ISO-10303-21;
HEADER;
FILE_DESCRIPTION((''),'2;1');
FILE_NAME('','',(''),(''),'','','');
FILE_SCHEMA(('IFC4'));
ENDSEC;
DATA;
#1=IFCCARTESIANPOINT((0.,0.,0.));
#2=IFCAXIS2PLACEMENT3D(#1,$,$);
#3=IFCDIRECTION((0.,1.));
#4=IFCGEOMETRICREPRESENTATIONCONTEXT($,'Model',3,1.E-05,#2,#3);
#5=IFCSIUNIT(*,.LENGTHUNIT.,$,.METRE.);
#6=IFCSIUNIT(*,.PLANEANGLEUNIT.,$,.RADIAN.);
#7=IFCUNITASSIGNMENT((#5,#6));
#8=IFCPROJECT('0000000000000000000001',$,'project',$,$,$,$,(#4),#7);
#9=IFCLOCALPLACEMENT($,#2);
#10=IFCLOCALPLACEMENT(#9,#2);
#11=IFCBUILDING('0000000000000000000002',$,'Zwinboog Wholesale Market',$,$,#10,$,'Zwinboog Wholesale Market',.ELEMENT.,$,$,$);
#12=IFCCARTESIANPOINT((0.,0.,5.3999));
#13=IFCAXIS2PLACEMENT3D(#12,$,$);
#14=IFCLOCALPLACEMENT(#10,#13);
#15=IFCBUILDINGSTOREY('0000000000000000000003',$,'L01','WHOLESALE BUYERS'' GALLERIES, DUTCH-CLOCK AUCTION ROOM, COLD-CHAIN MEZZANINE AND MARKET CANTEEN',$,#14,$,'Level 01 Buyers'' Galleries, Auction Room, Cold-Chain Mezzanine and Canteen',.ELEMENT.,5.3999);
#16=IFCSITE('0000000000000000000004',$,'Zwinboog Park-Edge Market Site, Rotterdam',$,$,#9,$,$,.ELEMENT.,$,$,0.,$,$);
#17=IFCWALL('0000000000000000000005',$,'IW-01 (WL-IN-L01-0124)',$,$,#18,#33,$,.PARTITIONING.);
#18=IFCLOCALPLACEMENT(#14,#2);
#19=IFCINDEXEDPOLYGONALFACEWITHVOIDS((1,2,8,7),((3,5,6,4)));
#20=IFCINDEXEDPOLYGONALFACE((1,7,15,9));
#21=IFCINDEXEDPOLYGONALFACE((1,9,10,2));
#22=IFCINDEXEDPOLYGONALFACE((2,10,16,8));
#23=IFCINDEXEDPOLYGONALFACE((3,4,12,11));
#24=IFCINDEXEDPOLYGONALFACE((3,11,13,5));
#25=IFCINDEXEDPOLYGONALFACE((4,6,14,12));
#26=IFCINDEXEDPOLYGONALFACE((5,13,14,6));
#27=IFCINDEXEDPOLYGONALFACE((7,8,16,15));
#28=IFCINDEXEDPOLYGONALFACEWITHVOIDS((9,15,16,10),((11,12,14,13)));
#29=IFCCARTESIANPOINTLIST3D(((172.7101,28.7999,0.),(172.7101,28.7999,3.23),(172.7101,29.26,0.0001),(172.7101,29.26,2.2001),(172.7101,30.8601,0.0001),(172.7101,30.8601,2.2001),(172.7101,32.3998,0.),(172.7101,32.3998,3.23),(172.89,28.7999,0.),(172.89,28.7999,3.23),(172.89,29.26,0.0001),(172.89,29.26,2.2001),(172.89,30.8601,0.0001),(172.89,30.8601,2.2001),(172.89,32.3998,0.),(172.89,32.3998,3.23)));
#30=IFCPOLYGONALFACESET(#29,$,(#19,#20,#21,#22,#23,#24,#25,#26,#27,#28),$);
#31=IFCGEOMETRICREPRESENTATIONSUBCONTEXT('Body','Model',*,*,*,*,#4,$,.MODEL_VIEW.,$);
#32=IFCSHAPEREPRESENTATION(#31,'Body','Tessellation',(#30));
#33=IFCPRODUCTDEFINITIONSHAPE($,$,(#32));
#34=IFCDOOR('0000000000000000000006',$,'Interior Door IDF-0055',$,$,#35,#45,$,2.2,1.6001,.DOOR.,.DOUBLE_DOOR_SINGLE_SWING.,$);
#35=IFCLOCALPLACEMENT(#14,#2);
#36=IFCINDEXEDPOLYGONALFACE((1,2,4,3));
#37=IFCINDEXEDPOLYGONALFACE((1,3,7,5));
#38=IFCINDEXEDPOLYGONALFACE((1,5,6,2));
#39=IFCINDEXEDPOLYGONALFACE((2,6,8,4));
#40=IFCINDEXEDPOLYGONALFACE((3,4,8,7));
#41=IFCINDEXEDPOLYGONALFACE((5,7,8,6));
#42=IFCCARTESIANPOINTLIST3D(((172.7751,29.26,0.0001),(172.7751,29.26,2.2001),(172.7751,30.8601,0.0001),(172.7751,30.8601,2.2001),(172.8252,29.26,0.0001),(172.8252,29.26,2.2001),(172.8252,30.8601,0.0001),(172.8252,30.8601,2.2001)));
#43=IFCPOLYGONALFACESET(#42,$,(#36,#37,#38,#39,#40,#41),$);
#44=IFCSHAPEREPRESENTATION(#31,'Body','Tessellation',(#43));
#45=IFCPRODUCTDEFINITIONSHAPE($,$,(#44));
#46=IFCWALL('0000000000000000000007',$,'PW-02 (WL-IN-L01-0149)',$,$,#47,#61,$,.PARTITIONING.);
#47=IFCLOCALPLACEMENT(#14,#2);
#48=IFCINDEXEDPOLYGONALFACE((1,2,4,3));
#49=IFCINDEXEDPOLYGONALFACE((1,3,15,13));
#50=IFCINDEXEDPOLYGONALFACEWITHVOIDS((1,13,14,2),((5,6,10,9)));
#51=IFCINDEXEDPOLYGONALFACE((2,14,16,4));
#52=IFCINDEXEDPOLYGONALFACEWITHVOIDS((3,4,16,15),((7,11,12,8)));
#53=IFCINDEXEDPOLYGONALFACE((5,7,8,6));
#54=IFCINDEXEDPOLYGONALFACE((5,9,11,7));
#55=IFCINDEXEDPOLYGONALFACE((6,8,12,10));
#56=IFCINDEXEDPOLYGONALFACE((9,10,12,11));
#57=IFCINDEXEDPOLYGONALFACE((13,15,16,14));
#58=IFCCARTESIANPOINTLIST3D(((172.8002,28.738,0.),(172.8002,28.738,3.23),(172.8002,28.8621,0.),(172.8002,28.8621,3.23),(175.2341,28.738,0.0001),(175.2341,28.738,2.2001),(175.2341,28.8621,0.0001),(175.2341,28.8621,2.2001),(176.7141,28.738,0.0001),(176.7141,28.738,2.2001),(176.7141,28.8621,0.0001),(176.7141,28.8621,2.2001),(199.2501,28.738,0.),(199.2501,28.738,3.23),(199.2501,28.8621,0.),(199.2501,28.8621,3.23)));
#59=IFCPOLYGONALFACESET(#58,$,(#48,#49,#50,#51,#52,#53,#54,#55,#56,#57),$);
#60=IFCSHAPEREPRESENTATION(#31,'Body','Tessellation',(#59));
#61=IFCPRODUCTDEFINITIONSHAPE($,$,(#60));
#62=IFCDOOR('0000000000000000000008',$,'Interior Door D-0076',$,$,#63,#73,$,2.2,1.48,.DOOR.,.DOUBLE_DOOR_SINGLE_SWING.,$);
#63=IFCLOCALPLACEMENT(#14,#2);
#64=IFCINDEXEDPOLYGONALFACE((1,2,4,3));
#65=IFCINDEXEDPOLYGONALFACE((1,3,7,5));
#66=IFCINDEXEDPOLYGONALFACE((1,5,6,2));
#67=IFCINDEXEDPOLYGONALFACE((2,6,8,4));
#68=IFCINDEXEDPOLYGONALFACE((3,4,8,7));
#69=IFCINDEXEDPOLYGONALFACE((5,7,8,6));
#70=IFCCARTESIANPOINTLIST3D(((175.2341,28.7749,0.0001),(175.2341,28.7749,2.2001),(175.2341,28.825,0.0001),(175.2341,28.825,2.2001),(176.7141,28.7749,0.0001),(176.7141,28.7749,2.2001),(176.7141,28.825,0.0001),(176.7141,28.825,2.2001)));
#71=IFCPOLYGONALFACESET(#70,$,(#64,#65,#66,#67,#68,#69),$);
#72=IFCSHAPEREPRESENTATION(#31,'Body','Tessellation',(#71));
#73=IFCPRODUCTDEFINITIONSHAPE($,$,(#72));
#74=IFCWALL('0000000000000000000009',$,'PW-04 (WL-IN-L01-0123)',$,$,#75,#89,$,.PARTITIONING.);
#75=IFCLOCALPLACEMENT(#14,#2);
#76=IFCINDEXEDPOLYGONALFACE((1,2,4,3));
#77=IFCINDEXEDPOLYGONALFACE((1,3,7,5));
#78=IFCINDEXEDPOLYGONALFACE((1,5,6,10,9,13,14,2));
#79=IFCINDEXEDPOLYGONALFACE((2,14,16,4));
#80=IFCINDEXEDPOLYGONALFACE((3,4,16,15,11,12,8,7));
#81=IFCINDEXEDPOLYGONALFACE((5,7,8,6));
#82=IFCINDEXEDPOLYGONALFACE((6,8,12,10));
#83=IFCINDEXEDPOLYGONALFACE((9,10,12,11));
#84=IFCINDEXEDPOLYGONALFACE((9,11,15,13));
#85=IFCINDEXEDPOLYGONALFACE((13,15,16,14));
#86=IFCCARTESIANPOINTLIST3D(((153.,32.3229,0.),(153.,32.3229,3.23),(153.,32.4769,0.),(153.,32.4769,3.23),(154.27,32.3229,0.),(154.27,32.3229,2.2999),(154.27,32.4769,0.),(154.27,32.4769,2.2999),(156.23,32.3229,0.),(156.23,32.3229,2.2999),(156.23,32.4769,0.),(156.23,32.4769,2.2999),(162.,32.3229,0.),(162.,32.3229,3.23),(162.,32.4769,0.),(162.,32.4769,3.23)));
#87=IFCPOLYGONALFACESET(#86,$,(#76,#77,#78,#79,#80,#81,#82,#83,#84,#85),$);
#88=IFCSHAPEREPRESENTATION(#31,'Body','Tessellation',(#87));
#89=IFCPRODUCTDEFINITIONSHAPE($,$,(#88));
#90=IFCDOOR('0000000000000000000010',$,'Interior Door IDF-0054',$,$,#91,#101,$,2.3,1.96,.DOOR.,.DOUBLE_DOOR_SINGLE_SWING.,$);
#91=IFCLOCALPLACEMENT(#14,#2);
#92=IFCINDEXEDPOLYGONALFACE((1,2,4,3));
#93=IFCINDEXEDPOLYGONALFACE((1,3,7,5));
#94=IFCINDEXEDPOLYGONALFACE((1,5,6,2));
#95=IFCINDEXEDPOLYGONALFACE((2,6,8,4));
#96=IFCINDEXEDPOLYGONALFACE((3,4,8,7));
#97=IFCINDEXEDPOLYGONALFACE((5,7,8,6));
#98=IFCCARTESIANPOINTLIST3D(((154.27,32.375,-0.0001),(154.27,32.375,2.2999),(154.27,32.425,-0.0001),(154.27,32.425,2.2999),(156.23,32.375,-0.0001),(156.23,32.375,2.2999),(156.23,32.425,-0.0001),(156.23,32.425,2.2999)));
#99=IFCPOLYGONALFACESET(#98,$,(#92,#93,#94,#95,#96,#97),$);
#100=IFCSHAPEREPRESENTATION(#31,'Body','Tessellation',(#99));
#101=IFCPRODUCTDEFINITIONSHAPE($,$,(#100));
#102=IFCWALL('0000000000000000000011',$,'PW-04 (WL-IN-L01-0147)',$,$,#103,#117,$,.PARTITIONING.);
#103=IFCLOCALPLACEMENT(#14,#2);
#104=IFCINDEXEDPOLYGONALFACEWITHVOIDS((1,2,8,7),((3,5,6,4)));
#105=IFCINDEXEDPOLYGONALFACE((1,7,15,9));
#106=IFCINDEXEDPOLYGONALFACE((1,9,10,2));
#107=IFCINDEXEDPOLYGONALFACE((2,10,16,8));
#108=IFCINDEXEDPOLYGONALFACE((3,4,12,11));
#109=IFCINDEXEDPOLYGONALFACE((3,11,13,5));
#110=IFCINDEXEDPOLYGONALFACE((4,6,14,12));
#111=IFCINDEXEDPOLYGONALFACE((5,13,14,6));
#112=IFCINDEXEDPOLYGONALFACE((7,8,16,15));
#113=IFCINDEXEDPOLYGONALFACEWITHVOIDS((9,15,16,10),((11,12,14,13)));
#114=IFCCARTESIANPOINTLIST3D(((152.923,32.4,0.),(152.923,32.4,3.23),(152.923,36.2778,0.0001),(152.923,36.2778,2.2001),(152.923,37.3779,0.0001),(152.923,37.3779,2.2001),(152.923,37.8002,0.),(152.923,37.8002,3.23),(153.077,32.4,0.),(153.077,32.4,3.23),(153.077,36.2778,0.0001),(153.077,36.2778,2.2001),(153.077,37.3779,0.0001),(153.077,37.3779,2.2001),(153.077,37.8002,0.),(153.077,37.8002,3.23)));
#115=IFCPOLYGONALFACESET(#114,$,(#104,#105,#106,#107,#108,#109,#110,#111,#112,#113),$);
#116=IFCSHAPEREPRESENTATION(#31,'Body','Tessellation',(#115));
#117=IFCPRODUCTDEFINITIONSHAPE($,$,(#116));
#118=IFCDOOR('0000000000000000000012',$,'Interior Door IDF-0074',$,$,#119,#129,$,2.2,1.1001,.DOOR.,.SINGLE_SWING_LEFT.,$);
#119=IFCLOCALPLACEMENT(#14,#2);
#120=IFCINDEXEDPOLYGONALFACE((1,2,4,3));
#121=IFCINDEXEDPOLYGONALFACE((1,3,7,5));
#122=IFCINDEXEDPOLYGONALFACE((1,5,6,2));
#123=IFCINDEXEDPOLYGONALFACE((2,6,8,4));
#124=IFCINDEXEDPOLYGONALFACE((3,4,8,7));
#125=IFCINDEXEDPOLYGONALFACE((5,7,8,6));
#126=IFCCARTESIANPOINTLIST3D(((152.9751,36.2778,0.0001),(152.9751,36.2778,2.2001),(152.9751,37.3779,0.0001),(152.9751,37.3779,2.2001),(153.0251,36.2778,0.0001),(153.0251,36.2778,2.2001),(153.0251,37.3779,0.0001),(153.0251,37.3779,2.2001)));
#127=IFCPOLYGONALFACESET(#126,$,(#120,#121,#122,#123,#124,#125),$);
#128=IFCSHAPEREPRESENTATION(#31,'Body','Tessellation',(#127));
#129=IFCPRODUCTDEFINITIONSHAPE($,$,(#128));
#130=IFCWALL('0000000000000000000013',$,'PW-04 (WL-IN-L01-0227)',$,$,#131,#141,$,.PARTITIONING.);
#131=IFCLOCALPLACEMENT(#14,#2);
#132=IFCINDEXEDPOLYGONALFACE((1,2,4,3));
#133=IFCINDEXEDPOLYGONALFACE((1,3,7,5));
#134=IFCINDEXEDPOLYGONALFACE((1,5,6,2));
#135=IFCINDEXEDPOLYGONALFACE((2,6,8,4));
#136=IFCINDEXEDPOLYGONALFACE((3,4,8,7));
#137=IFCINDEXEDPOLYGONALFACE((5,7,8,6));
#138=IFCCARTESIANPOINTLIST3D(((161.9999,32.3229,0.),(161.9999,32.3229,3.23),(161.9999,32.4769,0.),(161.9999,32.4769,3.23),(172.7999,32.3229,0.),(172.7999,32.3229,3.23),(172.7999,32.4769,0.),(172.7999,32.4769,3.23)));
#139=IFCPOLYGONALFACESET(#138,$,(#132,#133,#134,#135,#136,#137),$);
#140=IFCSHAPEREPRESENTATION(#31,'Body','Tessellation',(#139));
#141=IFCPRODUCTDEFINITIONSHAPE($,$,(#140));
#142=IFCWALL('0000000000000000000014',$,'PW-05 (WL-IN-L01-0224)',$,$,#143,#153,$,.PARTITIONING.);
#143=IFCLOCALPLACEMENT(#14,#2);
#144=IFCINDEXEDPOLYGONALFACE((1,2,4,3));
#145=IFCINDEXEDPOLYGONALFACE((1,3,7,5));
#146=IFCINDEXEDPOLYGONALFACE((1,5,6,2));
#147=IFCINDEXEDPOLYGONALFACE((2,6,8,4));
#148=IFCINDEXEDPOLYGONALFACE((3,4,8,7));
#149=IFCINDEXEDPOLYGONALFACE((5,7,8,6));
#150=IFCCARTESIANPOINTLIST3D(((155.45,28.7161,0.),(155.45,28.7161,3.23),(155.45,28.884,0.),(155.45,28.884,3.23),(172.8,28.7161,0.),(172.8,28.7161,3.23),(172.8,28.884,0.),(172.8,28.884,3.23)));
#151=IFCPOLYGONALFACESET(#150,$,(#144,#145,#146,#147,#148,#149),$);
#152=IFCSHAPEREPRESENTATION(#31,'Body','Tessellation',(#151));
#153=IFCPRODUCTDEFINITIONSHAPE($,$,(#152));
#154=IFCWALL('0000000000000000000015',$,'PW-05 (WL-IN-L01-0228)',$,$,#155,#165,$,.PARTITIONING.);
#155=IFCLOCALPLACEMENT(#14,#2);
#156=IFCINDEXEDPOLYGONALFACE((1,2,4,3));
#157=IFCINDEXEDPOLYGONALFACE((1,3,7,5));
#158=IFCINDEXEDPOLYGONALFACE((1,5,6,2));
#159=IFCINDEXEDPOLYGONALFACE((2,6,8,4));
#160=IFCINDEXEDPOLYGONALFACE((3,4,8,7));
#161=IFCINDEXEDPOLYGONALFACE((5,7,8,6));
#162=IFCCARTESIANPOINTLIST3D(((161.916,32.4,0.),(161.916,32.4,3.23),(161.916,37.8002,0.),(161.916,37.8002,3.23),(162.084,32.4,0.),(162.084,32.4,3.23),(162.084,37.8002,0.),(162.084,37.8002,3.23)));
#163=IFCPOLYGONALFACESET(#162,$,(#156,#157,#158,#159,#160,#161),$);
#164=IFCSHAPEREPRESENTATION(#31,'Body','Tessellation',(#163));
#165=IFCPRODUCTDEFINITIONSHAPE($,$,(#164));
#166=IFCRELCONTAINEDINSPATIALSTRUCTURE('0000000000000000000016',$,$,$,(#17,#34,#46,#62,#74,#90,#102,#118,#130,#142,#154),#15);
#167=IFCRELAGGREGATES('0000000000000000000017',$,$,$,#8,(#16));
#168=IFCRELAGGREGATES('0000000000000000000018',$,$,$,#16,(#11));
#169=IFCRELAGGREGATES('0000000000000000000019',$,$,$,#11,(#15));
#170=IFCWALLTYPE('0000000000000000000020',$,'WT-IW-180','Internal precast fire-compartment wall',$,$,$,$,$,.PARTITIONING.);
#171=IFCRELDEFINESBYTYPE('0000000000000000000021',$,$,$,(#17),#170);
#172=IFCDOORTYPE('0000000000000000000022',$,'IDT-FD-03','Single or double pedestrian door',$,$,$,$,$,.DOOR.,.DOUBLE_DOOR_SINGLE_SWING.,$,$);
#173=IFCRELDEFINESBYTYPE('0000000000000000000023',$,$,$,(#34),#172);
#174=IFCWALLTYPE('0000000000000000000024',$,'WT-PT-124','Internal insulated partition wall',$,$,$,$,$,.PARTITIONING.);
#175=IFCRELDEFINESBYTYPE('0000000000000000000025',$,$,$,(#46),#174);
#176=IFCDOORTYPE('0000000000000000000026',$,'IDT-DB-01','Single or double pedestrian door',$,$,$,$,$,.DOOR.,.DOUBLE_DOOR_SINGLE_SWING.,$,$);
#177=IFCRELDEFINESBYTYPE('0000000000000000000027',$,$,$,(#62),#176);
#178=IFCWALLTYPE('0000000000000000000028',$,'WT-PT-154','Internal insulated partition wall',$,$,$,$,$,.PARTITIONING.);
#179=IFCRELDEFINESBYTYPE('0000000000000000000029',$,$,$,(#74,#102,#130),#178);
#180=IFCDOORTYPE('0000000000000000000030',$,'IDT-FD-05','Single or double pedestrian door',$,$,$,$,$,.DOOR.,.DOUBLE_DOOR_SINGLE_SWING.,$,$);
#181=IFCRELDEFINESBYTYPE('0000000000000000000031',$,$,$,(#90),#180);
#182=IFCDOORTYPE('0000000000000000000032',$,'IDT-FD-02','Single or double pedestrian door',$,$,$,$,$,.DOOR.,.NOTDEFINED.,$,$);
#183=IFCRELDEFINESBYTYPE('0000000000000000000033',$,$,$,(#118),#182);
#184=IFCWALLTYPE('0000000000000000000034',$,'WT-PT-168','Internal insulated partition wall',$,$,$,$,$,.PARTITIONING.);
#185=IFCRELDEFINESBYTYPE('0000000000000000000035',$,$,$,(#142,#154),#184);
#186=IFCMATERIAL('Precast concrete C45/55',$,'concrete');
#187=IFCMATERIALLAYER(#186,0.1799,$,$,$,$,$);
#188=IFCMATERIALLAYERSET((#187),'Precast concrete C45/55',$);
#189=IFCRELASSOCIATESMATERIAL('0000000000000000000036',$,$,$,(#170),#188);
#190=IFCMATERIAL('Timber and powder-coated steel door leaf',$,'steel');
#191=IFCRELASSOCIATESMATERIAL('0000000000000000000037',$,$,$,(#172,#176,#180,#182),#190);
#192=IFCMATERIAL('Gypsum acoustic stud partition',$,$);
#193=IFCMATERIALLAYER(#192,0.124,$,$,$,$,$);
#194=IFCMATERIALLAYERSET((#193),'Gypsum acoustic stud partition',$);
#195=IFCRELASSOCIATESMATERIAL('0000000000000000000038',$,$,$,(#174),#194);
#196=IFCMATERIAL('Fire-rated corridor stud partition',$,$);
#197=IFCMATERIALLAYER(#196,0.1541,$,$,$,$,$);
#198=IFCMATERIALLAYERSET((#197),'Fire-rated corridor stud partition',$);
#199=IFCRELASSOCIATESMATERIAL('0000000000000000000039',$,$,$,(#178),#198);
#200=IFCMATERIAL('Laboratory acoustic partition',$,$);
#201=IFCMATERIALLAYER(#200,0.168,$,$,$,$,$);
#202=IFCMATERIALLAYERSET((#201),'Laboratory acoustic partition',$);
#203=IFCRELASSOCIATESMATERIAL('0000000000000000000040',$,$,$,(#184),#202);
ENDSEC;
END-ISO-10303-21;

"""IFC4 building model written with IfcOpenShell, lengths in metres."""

from ifc_helpers import new_model, si_unit, direction, frame, frame_2d, origin, place, context, subcontext, project, spatial, rectangle, extrude, material, layer, layer_set, type_object, element, fill, save


model = new_model("IFC4")

# Units and contexts
model_context = context("Model", 3, precision=1e-05, world=origin(), true_north=direction((0.0, 1.0)))
body_context = subcontext(model_context, "Body", "Model", "MODEL_VIEW")
ifc_project = project(units=[si_unit("LENGTHUNIT", "METRE"), si_unit("PLANEANGLEUNIT", "RADIAN")], contexts=[model_context])

# Site, building, storey
site_placement = place(None, origin())
site = spatial("IfcSite", under=ifc_project, at=site_placement, Name="Zwinboog Park-Edge Market Site, Rotterdam", CompositionType="ELEMENT", RefElevation=0.0)
building_placement = place(site_placement, origin())
building = spatial("IfcBuilding", under=site, at=building_placement, Name="Zwinboog Wholesale Market", LongName="Zwinboog Wholesale Market", CompositionType="ELEMENT")
storey_placement = place(building_placement, frame((0.0, 0.0, 5.3999)))
storey = spatial("IfcBuildingStorey", under=building, at=storey_placement, Name="L01", Description="WHOLESALE BUYERS' GALLERIES, DUTCH-CLOCK AUCTION ROOM, COLD-CHAIN MEZZANINE AND MARKET CANTEEN", LongName="Level 01 Buyers' Galleries, Auction Room, Cold-Chain Mezzanine and Canteen", CompositionType="ELEMENT", Elevation=5.3999)

# Shared definitions
ifc_material_1 = material(Name="Precast concrete C45/55", Category="concrete")

# Walls, openings, doors
ifc_layer_1 = layer(ifc_material_1, 0.1799)
ifc_layer_set_1 = layer_set([ifc_layer_1], Name="Precast concrete C45/55")
wall_type_1 = type_object("IfcWallType", Name="WT-IW-180", Description="Internal precast fire-compartment wall", PredefinedType="PARTITIONING", material=ifc_layer_set_1)
wall_1_placement = place(storey_placement, frame((172.8, 28.8, 0.0), z_axis=(0.0, 0.0, 1.0), x_axis=(0.0, 1.0, 0.0)))
wall_1 = element("IfcWall", 1, at=wall_1_placement, inside=storey, type_object=wall_type_1, Name="IW-01 (WL-IN-L01-0124)", PredefinedType="PARTITIONING", context=body_context, shape_type="SweptSolid", body=[
    extrude(rectangle(XDim=3.5999, YDim=0.1799, at=frame_2d((1.7998, 0.0))), origin(), (0.0, 0.0, 1.0), 3.23),
])
opening_1_placement = place(wall_1_placement, frame((0.46, 0.0, 0.0)))
opening_1 = element("IfcOpeningElement", 2, at=opening_1_placement, cuts=wall_1, PredefinedType="OPENING", context=body_context, shape_type="SweptSolid", body=[
    extrude(rectangle(XDim=1.6001, YDim=2.2, at=frame_2d((0.8, 1.1001))), frame((0.0, 0.0999, 0.0), z_axis=(0.0, -1.0, 0.0), x_axis=(1.0, 0.0, 0.0)), (0.0, 0.0, 1.0), 0.2),
])
ifc_material_2 = material(Name="Timber and powder-coated steel door leaf", Category="steel")
door_type_1 = type_object("IfcDoorType", Name="IDT-FD-03", Description="Single or double pedestrian door", OperationType="DOUBLE_DOOR_SINGLE_SWING", PredefinedType="DOOR", material=ifc_material_2)
door_1_placement = place(opening_1_placement, origin())
door_1 = element("IfcDoor", 3, at=door_1_placement, inside=storey, type_object=door_type_1, Name="Interior Door IDF-0055", OperationType="DOUBLE_DOOR_SINGLE_SWING", OverallHeight=2.2, OverallWidth=1.6001, PredefinedType="DOOR", context=body_context, shape_type="SweptSolid", body=[
    extrude(rectangle(XDim=1.6001, YDim=2.2, at=frame_2d((0.8, 1.1001))), frame((0.0, 0.0249, 0.0), z_axis=(0.0, -1.0, 0.0), x_axis=(1.0, 0.0, 0.0)), (0.0, 0.0, 1.0), 0.05),
])
fill(opening_1, door_1)
ifc_material_3 = material(Name="Gypsum acoustic stud partition")
ifc_layer_2 = layer(ifc_material_3, 0.124)
ifc_layer_set_2 = layer_set([ifc_layer_2], Name="Gypsum acoustic stud partition")
wall_type_2 = type_object("IfcWallType", Name="WT-PT-124", Description="Internal insulated partition wall", PredefinedType="PARTITIONING", material=ifc_layer_set_2)
wall_2_placement = place(storey_placement, frame((172.8, 28.8, 0.0), z_axis=(0.0, 0.0, 1.0), x_axis=(1.0, 0.0, 0.0)))
wall_2 = element("IfcWall", 4, at=wall_2_placement, inside=storey, type_object=wall_type_2, Name="PW-02 (WL-IN-L01-0149)", PredefinedType="PARTITIONING", context=body_context, shape_type="SweptSolid", body=[
    extrude(rectangle(XDim=26.45, YDim=0.124, at=frame_2d((13.2251, 0.0))), origin(), (0.0, 0.0, 1.0), 3.23),
])
opening_2_placement = place(wall_2_placement, frame((2.4341, 0.0, 0.0)))
opening_2 = element("IfcOpeningElement", 5, at=opening_2_placement, cuts=wall_2, PredefinedType="OPENING", context=body_context, shape_type="SweptSolid", body=[
    extrude(rectangle(XDim=1.48, YDim=2.2, at=frame_2d((0.74, 1.1001))), frame((0.0, 0.072, 0.0), z_axis=(0.0, -1.0, 0.0), x_axis=(1.0, 0.0, 0.0)), (0.0, 0.0, 1.0), 0.144),
])
door_type_2 = type_object("IfcDoorType", Name="IDT-DB-01", Description="Single or double pedestrian door", OperationType="DOUBLE_DOOR_SINGLE_SWING", PredefinedType="DOOR", material=ifc_material_2)
door_2_placement = place(opening_2_placement, origin())
door_2 = element("IfcDoor", 6, at=door_2_placement, inside=storey, type_object=door_type_2, Name="Interior Door D-0076", OperationType="DOUBLE_DOOR_SINGLE_SWING", OverallHeight=2.2, OverallWidth=1.48, PredefinedType="DOOR", context=body_context, shape_type="SweptSolid", body=[
    extrude(rectangle(XDim=1.48, YDim=2.2, at=frame_2d((0.74, 1.1001))), frame((0.0, 0.0249, 0.0), z_axis=(0.0, -1.0, 0.0), x_axis=(1.0, 0.0, 0.0)), (0.0, 0.0, 1.0), 0.05),
])
fill(opening_2, door_2)
ifc_material_4 = material(Name="Fire-rated corridor stud partition")
ifc_layer_3 = layer(ifc_material_4, 0.1541)
ifc_layer_set_3 = layer_set([ifc_layer_3], Name="Fire-rated corridor stud partition")
wall_type_3 = type_object("IfcWallType", Name="WT-PT-154", Description="Internal insulated partition wall", PredefinedType="PARTITIONING", material=ifc_layer_set_3)
wall_3_placement = place(storey_placement, frame((153.0, 32.3999, 0.0), z_axis=(0.0, 0.0, 1.0), x_axis=(1.0, 0.0, 0.0)))
wall_3 = element("IfcWall", 7, at=wall_3_placement, inside=storey, type_object=wall_type_3, Name="PW-04 (WL-IN-L01-0123)", PredefinedType="PARTITIONING", context=body_context, shape_type="SweptSolid", body=[
    extrude(rectangle(XDim=9.0, YDim=0.1541, at=frame_2d((4.5, 0.0))), origin(), (0.0, 0.0, 1.0), 3.23),
])
opening_3_placement = place(wall_3_placement, frame((1.27, 0.0, 0.0)))
opening_3 = element("IfcOpeningElement", 8, at=opening_3_placement, cuts=wall_3, PredefinedType="OPENING", context=body_context, shape_type="SweptSolid", body=[
    extrude(rectangle(XDim=1.96, YDim=2.3, at=frame_2d((0.98, 1.1499))), frame((0.0, 0.0869, 0.0), z_axis=(0.0, -1.0, 0.0), x_axis=(1.0, 0.0, 0.0)), (0.0, 0.0, 1.0), 0.1741),
])
door_type_3 = type_object("IfcDoorType", Name="IDT-FD-05", Description="Single or double pedestrian door", OperationType="DOUBLE_DOOR_SINGLE_SWING", PredefinedType="DOOR", material=ifc_material_2)
door_3_placement = place(opening_3_placement, frame((1.96, 0.0, 0.0), z_axis=(0.0, 0.0, 1.0), x_axis=(-1.0, 0.0, 0.0)))
door_3 = element("IfcDoor", 9, at=door_3_placement, inside=storey, type_object=door_type_3, Name="Interior Door IDF-0054", OperationType="DOUBLE_DOOR_SINGLE_SWING", OverallHeight=2.3, OverallWidth=1.96, PredefinedType="DOOR", context=body_context, shape_type="SweptSolid", body=[
    extrude(rectangle(XDim=1.96, YDim=2.3, at=frame_2d((0.98, 1.1499))), frame((0.0, 0.0249, 0.0), z_axis=(0.0, -1.0, 0.0), x_axis=(1.0, 0.0, 0.0)), (0.0, 0.0, 1.0), 0.05),
])
fill(opening_3, door_3)
wall_4_placement = place(storey_placement, frame((153.0, 32.3999, 0.0), z_axis=(0.0, 0.0, 1.0), x_axis=(0.0, 1.0, 0.0)))
wall_4 = element("IfcWall", 10, at=wall_4_placement, inside=storey, type_object=wall_type_3, Name="PW-04 (WL-IN-L01-0147)", PredefinedType="PARTITIONING", context=body_context, shape_type="SweptSolid", body=[
    extrude(rectangle(XDim=5.4001, YDim=0.1541, at=frame_2d((2.7002, 0.0))), origin(), (0.0, 0.0, 1.0), 3.23),
])
opening_4_placement = place(wall_4_placement, frame((3.8779, 0.0, 0.0)))
opening_4 = element("IfcOpeningElement", 11, at=opening_4_placement, cuts=wall_4, PredefinedType="OPENING", context=body_context, shape_type="SweptSolid", body=[
    extrude(rectangle(XDim=1.1001, YDim=2.2, at=frame_2d((0.55, 1.1001))), frame((0.0, 0.0869, 0.0), z_axis=(0.0, -1.0, 0.0), x_axis=(1.0, 0.0, 0.0)), (0.0, 0.0, 1.0), 0.1741),
])
door_type_4 = type_object("IfcDoorType", Name="IDT-FD-02", Description="Single or double pedestrian door", OperationType="NOTDEFINED", PredefinedType="DOOR", material=ifc_material_2)
door_4_placement = place(opening_4_placement, origin())
door_4 = element("IfcDoor", 12, at=door_4_placement, inside=storey, type_object=door_type_4, Name="Interior Door IDF-0074", OperationType="SINGLE_SWING_LEFT", OverallHeight=2.2, OverallWidth=1.1001, PredefinedType="DOOR", context=body_context, shape_type="SweptSolid", body=[
    extrude(rectangle(XDim=1.1001, YDim=2.2, at=frame_2d((0.55, 1.1001))), frame((0.0, 0.0249, 0.0), z_axis=(0.0, -1.0, 0.0), x_axis=(1.0, 0.0, 0.0)), (0.0, 0.0, 1.0), 0.05),
])
fill(opening_4, door_4)

# Walls
wall_5_placement = place(storey_placement, frame((162.0, 32.3999, 0.0), z_axis=(0.0, 0.0, 1.0), x_axis=(1.0, 0.0, 0.0)))
element("IfcWall", 13, at=wall_5_placement, inside=storey, type_object=wall_type_3, Name="PW-04 (WL-IN-L01-0227)", PredefinedType="PARTITIONING", context=body_context, shape_type="SweptSolid", body=[
    extrude(rectangle(XDim=10.8, YDim=0.1541, at=frame_2d((5.3999, 0.0))), origin(), (0.0, 0.0, 1.0), 3.23),
])
ifc_material_5 = material(Name="Laboratory acoustic partition")
ifc_layer_4 = layer(ifc_material_5, 0.168)
ifc_layer_set_4 = layer_set([ifc_layer_4], Name="Laboratory acoustic partition")
wall_type_4 = type_object("IfcWallType", Name="WT-PT-168", Description="Internal insulated partition wall", PredefinedType="PARTITIONING", material=ifc_layer_set_4)
wall_6_placement = place(storey_placement, frame((155.45, 28.8, 0.0), z_axis=(0.0, 0.0, 1.0), x_axis=(1.0, 0.0, 0.0)))
element("IfcWall", 14, at=wall_6_placement, inside=storey, type_object=wall_type_4, Name="PW-05 (WL-IN-L01-0224)", PredefinedType="PARTITIONING", context=body_context, shape_type="SweptSolid", body=[
    extrude(rectangle(XDim=17.3501, YDim=0.168, at=frame_2d((8.675, 0.0))), origin(), (0.0, 0.0, 1.0), 3.23),
])
wall_7_placement = place(storey_placement, frame((162.0, 32.3999, 0.0), z_axis=(0.0, 0.0, 1.0), x_axis=(0.0, 1.0, 0.0)))
element("IfcWall", 15, at=wall_7_placement, inside=storey, type_object=wall_type_4, Name="PW-05 (WL-IN-L01-0228)", PredefinedType="PARTITIONING", context=body_context, shape_type="SweptSolid", body=[
    extrude(rectangle(XDim=5.4001, YDim=0.168, at=frame_2d((2.7002, 0.0))), origin(), (0.0, 0.0, 1.0), 3.23),
])

save(model, "model.ifc")
